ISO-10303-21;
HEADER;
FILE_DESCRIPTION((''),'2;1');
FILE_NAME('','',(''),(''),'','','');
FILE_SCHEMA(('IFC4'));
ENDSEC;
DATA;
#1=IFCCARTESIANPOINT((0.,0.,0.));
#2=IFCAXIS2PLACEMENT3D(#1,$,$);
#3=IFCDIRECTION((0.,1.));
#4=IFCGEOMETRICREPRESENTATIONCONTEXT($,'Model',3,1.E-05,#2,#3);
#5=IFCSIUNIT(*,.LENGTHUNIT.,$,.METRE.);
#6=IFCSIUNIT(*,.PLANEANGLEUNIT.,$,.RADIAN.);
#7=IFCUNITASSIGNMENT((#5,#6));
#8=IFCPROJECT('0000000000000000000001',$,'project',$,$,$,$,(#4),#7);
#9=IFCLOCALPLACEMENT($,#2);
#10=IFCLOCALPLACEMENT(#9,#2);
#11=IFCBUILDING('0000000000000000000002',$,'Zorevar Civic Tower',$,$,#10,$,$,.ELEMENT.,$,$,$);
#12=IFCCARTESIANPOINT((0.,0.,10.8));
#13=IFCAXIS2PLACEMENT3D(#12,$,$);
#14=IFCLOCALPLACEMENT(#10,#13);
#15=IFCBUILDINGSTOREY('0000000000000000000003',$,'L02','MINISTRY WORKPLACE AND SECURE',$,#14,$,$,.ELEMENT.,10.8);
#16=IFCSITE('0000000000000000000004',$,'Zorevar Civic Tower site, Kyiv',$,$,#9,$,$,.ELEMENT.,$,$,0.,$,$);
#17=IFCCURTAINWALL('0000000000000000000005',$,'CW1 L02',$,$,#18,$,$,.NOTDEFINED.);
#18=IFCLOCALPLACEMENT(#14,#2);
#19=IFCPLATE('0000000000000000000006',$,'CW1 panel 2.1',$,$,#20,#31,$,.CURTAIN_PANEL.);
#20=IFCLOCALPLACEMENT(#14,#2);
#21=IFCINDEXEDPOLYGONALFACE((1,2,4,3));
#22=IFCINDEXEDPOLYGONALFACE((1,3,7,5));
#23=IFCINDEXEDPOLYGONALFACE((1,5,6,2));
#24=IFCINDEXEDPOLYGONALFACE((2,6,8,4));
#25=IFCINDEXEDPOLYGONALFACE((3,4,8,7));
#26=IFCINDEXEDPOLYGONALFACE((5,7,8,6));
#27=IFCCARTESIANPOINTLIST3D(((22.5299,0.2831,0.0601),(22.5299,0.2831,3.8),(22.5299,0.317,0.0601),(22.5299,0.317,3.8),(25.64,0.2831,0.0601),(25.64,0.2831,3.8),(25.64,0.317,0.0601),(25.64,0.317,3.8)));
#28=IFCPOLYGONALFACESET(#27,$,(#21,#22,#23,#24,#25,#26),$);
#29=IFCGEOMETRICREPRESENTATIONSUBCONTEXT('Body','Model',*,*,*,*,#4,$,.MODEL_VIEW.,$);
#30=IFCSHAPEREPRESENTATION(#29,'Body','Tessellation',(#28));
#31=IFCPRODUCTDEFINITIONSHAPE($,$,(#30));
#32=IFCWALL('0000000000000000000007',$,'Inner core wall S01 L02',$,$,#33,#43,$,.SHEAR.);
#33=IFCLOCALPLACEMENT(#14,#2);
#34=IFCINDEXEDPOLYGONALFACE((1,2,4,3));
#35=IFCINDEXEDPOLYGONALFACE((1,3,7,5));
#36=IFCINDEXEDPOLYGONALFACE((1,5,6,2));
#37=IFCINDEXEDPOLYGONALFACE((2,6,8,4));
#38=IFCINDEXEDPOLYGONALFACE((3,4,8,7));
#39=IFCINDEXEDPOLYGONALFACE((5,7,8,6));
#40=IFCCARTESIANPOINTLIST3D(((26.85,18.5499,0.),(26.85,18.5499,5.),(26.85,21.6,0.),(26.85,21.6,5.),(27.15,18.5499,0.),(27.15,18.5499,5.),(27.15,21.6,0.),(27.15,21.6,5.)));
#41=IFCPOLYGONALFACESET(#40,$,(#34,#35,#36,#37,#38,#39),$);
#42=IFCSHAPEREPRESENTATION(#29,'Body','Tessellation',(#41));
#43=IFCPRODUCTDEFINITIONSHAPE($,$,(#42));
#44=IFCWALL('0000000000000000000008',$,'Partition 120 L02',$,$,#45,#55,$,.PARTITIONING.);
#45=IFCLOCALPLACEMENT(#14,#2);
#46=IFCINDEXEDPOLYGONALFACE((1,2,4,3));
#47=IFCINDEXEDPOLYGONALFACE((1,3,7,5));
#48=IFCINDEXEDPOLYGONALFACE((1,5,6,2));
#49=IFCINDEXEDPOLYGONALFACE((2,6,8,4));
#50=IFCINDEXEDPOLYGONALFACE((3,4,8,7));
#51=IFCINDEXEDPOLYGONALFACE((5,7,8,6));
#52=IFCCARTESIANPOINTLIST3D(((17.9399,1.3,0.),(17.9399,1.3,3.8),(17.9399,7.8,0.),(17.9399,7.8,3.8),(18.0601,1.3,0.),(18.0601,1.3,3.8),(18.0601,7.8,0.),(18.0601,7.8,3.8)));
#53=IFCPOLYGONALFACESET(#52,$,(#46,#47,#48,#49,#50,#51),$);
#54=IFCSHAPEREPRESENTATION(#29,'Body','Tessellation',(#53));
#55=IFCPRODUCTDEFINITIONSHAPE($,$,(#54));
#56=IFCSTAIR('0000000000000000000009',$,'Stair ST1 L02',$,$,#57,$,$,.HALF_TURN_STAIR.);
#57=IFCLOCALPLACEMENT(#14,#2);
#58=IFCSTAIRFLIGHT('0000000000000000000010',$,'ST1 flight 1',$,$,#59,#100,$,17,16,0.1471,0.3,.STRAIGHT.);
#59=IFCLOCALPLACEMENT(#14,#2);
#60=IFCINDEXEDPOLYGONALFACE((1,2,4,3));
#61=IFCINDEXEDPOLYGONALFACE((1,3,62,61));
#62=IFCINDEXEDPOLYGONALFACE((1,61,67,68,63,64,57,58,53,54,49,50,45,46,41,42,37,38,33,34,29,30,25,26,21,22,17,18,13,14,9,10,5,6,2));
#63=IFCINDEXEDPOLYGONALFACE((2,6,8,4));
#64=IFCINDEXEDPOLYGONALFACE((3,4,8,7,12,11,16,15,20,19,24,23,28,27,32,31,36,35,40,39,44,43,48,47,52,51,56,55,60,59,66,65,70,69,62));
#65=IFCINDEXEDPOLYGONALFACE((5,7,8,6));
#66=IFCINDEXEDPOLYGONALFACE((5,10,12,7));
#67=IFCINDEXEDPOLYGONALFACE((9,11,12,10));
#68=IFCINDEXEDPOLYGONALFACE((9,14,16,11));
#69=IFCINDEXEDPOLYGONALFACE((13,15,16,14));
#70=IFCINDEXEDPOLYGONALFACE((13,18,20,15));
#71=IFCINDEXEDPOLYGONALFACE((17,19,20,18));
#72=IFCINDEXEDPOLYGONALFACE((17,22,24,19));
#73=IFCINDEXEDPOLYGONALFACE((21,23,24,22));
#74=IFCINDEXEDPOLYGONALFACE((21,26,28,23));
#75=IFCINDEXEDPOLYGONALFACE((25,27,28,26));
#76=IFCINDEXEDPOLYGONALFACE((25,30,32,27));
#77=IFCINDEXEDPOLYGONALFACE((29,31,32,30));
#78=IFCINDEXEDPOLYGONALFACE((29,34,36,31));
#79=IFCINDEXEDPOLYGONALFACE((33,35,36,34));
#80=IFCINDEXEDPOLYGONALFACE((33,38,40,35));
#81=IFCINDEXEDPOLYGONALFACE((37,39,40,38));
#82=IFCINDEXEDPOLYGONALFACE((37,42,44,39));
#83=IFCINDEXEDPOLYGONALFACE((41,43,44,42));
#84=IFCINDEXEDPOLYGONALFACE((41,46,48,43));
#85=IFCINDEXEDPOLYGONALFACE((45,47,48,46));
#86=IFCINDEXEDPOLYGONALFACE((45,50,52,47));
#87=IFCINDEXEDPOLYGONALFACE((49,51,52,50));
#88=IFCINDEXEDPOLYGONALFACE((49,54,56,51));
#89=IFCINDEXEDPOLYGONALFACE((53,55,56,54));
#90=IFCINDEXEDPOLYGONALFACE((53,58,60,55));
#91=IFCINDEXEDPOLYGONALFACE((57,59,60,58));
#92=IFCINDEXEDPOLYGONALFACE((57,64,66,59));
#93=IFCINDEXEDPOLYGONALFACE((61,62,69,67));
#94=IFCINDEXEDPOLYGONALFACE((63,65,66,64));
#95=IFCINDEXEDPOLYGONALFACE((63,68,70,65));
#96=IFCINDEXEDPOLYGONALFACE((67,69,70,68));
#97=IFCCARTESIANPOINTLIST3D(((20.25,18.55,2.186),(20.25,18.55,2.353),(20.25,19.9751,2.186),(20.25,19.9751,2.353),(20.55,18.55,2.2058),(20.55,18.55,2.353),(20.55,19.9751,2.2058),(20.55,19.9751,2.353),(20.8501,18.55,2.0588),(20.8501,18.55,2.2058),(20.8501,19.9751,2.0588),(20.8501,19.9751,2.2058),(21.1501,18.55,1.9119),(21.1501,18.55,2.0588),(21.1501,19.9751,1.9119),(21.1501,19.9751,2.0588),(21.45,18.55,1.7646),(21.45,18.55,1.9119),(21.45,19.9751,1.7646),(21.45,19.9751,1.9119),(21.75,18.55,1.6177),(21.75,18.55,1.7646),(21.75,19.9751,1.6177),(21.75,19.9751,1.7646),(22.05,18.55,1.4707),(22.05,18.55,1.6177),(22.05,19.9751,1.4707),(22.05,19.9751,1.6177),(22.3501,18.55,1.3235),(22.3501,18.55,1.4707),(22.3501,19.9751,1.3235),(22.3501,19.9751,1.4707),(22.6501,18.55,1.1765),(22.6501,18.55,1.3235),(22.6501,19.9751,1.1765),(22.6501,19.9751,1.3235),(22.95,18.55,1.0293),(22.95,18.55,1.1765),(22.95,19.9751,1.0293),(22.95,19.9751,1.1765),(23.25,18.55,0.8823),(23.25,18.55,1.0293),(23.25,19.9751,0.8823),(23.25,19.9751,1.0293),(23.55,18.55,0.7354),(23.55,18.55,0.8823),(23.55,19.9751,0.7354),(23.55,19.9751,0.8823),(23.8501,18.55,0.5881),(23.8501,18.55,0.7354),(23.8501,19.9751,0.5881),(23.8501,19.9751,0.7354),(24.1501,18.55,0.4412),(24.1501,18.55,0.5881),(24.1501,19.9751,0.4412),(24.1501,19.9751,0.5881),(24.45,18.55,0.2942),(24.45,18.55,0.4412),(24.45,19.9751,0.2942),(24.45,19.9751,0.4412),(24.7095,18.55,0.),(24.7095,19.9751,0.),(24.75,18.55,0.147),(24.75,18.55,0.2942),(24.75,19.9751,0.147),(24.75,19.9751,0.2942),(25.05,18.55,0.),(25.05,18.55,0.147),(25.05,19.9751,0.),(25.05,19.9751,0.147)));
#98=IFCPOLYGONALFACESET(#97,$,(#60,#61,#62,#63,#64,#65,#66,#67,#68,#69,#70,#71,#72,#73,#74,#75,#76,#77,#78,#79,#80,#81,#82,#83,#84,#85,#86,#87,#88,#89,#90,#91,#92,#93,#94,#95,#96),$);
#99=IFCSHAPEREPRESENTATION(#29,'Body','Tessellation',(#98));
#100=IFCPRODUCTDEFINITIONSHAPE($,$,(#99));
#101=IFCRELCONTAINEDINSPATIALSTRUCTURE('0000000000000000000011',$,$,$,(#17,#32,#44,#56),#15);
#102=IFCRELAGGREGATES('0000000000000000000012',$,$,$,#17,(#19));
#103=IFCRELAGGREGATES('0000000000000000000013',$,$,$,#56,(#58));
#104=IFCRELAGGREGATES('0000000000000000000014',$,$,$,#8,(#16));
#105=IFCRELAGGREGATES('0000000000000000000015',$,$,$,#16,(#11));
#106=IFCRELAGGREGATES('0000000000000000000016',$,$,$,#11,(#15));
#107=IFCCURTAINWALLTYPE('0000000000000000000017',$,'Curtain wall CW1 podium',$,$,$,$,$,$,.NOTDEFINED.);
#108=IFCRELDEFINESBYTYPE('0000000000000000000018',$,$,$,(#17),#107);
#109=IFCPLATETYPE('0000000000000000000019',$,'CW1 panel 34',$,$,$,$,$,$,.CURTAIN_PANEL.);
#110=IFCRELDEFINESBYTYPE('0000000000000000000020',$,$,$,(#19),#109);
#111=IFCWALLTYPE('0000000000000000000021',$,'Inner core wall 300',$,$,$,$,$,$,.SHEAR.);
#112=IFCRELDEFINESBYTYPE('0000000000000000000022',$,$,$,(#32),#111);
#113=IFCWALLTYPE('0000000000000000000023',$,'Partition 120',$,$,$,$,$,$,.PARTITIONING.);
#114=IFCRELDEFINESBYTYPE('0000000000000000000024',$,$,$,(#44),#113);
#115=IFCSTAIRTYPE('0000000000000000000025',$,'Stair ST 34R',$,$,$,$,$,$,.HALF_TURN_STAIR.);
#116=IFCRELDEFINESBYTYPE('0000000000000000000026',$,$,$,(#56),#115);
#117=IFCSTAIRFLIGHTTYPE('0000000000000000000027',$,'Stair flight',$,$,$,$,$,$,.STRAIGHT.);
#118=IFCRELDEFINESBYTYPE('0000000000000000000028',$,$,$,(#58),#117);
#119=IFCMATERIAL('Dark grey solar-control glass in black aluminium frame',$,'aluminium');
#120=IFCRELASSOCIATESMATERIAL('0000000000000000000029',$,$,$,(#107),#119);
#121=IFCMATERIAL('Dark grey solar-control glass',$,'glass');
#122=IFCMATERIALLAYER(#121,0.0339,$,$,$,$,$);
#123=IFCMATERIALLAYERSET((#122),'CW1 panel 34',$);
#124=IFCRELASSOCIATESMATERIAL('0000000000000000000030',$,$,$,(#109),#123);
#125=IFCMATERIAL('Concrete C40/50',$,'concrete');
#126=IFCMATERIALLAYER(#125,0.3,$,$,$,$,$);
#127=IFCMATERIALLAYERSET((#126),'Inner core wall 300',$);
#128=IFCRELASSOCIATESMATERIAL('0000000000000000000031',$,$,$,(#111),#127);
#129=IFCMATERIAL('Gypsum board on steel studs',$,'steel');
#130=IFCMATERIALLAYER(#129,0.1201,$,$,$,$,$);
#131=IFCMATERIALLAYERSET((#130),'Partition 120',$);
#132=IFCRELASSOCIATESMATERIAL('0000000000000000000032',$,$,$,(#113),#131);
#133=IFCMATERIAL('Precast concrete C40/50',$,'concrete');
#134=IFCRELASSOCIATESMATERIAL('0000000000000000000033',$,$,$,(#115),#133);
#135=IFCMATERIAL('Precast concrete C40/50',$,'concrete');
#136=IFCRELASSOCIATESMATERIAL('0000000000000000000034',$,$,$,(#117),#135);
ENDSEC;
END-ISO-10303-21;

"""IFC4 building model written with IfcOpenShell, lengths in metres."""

from ifc_helpers import new_model, si_unit, direction, frame, frame_2d, origin, origin_2d, place, context, subcontext, project, spatial, polyline, rectangle, outline, extrude, material, layer, layer_set, type_object, element, aggregate, save


model = new_model("IFC4")

# Units and contexts
model_context = context("Model", 3, precision=1e-05, world=origin(), true_north=direction((0.0, 1.0)))
body_context = subcontext(model_context, "Body", "Model", "MODEL_VIEW")
ifc_project = project(units=[si_unit("LENGTHUNIT", "METRE"), si_unit("PLANEANGLEUNIT", "RADIAN")], contexts=[model_context])

# Site, building, storey
site_placement = place(None, origin())
site = spatial("IfcSite", under=ifc_project, at=site_placement, Name="Zorevar Civic Tower site, Kyiv", CompositionType="ELEMENT", RefElevation=0.0)
building_placement = place(site_placement, origin())
building = spatial("IfcBuilding", under=site, at=building_placement, Name="Zorevar Civic Tower", CompositionType="ELEMENT")
storey_placement = place(building_placement, frame((0.0, 0.0, 10.8)))
storey = spatial("IfcBuildingStorey", under=building, at=storey_placement, Name="L02", Description="MINISTRY WORKPLACE AND SECURE", CompositionType="ELEMENT", Elevation=10.8)

# Curtain wall
ifc_material_1 = material(Name="Dark grey solar-control glass in black aluminium frame", Category="aluminium")
curtain_wall_type = type_object("IfcCurtainWallType", Name="Curtain wall CW1 podium", PredefinedType="NOTDEFINED", material=ifc_material_1)
curtain_wall_1_placement = place(storey_placement, origin())
curtain_wall_1 = element("IfcCurtainWall", 1, at=curtain_wall_1_placement, inside=storey, type_object=curtain_wall_type, Name="CW1 L02", PredefinedType="NOTDEFINED")

# Plate
ifc_material_2 = material(Name="Dark grey solar-control glass", Category="glass")
ifc_layer_1 = layer(ifc_material_2, 0.0339)
ifc_layer_set_1 = layer_set([ifc_layer_1], Name="CW1 panel 34")
plate_type = type_object("IfcPlateType", Name="CW1 panel 34", PredefinedType="CURTAIN_PANEL", material=ifc_layer_set_1)
plate_1_placement = place(storey_placement, frame((24.085, 0.3, 0.0601), z_axis=(0.0, 0.0, 1.0), x_axis=(1.0, 0.0, 0.0)))
plate_1 = element("IfcPlate", 2, at=plate_1_placement, type_object=plate_type, Name="CW1 panel 2.1", PredefinedType="CURTAIN_PANEL", context=body_context, shape_type="SweptSolid", body=[
    extrude(rectangle(XDim=3.1101, YDim=0.0339, at=origin_2d()), origin(), (0.0, 0.0, 1.0), 3.74),
])
aggregate(curtain_wall_1, [plate_1])

# Walls
ifc_material_3 = material(Name="Concrete C40/50", Category="concrete")
ifc_layer_2 = layer(ifc_material_3, 0.3)
ifc_layer_set_2 = layer_set([ifc_layer_2], Name="Inner core wall 300")
wall_type_1 = type_object("IfcWallType", Name="Inner core wall 300", PredefinedType="SHEAR", material=ifc_layer_set_2)
wall_1_placement = place(storey_placement, frame((27.0, 18.55, 0.0), z_axis=(0.0, 0.0, 1.0), x_axis=(0.0, 1.0, 0.0)))
element("IfcWall", 3, at=wall_1_placement, inside=storey, type_object=wall_type_1, Name="Inner core wall S01 L02", PredefinedType="SHEAR", context=body_context, shape_type="SweptSolid", body=[
    extrude(rectangle(XDim=3.05, YDim=0.3, at=frame_2d((1.5249, 0.0))), origin(), (0.0, 0.0, 1.0), 5.0),
])
ifc_material_4 = material(Name="Gypsum board on steel studs", Category="steel")
ifc_layer_3 = layer(ifc_material_4, 0.1201)
ifc_layer_set_3 = layer_set([ifc_layer_3], Name="Partition 120")
wall_type_2 = type_object("IfcWallType", Name="Partition 120", PredefinedType="PARTITIONING", material=ifc_layer_set_3)
wall_2_placement = place(storey_placement, frame((18.0, 1.3, 0.0), z_axis=(0.0, 0.0, 1.0), x_axis=(0.0, 1.0, 0.0)))
element("IfcWall", 4, at=wall_2_placement, inside=storey, type_object=wall_type_2, Name="Partition 120 L02", PredefinedType="PARTITIONING", context=body_context, shape_type="SweptSolid", body=[
    extrude(rectangle(XDim=6.5, YDim=0.1201, at=frame_2d((3.25, 0.0))), origin(), (0.0, 0.0, 1.0), 3.8),
])

# Stair, stair flight
ifc_material_5 = material(Name="Precast concrete C40/50", Category="concrete")
stair_type = type_object("IfcStairType", Name="Stair ST 34R", PredefinedType="HALF_TURN_STAIR", material=ifc_material_5)
stair_placement = place(storey_placement, origin())
stair = element("IfcStair", 5, at=stair_placement, inside=storey, type_object=stair_type, Name="Stair ST1 L02", PredefinedType="HALF_TURN_STAIR")
ifc_material_6 = material(Name="Precast concrete C40/50", Category="concrete")
stair_flight_type = type_object("IfcStairFlightType", Name="Stair flight", PredefinedType="STRAIGHT", material=ifc_material_6)
stair_flight_placement = place(storey_placement, frame((25.05, 19.2625, 0.0), z_axis=(0.0, 0.0, 1.0), x_axis=(-1.0, 0.0, 0.0)))
stair_flight = element("IfcStairFlight", 6, at=stair_flight_placement, type_object=stair_flight_type, Name="ST1 flight 1", NumberOfRisers=17, NumberOfTreads=16, PredefinedType="STRAIGHT", RiserHeight=0.1471, TreadLength=0.3, context=body_context, shape_type="SweptSolid", body=[
    extrude(outline(polyline([(0.0, 0.0), (0.0, 0.147), (0.3, 0.147), (0.3, 0.2942), (0.6001, 0.2942), (0.6001, 0.4412), (0.8999, 0.4412), (0.8999, 0.5881), (1.2, 0.5881), (1.2, 0.7354), (1.5, 0.7354), (1.5, 0.8823), (1.8, 0.8823), (1.8, 1.0293), (2.1001, 1.0293), (2.1001, 1.1765), (2.3999, 1.1765), (2.3999, 1.3235), (2.7, 1.3235), (2.7, 1.4707), (3.0, 1.4707), (3.0, 1.6177), (3.3, 1.6177), (3.3, 1.7646), (3.6001, 1.7646), (3.6001, 1.9119), (3.8999, 1.9119), (3.8999, 2.0588), (4.2, 2.0588), (4.2, 2.2058), (4.5, 2.2058), (4.5, 2.353), (4.8, 2.353), (4.8, 2.5), (4.8, 2.186), (0.3406, 0.0), (0.0, 0.0)])), frame((0.0, 0.7124, 0.0), z_axis=(0.0, -1.0, 0.0), x_axis=(1.0, 0.0, 0.0)), (0.0, 0.0, 1.0), 1.425),
])
aggregate(stair, [stair_flight])

save(model, "model.ifc")
